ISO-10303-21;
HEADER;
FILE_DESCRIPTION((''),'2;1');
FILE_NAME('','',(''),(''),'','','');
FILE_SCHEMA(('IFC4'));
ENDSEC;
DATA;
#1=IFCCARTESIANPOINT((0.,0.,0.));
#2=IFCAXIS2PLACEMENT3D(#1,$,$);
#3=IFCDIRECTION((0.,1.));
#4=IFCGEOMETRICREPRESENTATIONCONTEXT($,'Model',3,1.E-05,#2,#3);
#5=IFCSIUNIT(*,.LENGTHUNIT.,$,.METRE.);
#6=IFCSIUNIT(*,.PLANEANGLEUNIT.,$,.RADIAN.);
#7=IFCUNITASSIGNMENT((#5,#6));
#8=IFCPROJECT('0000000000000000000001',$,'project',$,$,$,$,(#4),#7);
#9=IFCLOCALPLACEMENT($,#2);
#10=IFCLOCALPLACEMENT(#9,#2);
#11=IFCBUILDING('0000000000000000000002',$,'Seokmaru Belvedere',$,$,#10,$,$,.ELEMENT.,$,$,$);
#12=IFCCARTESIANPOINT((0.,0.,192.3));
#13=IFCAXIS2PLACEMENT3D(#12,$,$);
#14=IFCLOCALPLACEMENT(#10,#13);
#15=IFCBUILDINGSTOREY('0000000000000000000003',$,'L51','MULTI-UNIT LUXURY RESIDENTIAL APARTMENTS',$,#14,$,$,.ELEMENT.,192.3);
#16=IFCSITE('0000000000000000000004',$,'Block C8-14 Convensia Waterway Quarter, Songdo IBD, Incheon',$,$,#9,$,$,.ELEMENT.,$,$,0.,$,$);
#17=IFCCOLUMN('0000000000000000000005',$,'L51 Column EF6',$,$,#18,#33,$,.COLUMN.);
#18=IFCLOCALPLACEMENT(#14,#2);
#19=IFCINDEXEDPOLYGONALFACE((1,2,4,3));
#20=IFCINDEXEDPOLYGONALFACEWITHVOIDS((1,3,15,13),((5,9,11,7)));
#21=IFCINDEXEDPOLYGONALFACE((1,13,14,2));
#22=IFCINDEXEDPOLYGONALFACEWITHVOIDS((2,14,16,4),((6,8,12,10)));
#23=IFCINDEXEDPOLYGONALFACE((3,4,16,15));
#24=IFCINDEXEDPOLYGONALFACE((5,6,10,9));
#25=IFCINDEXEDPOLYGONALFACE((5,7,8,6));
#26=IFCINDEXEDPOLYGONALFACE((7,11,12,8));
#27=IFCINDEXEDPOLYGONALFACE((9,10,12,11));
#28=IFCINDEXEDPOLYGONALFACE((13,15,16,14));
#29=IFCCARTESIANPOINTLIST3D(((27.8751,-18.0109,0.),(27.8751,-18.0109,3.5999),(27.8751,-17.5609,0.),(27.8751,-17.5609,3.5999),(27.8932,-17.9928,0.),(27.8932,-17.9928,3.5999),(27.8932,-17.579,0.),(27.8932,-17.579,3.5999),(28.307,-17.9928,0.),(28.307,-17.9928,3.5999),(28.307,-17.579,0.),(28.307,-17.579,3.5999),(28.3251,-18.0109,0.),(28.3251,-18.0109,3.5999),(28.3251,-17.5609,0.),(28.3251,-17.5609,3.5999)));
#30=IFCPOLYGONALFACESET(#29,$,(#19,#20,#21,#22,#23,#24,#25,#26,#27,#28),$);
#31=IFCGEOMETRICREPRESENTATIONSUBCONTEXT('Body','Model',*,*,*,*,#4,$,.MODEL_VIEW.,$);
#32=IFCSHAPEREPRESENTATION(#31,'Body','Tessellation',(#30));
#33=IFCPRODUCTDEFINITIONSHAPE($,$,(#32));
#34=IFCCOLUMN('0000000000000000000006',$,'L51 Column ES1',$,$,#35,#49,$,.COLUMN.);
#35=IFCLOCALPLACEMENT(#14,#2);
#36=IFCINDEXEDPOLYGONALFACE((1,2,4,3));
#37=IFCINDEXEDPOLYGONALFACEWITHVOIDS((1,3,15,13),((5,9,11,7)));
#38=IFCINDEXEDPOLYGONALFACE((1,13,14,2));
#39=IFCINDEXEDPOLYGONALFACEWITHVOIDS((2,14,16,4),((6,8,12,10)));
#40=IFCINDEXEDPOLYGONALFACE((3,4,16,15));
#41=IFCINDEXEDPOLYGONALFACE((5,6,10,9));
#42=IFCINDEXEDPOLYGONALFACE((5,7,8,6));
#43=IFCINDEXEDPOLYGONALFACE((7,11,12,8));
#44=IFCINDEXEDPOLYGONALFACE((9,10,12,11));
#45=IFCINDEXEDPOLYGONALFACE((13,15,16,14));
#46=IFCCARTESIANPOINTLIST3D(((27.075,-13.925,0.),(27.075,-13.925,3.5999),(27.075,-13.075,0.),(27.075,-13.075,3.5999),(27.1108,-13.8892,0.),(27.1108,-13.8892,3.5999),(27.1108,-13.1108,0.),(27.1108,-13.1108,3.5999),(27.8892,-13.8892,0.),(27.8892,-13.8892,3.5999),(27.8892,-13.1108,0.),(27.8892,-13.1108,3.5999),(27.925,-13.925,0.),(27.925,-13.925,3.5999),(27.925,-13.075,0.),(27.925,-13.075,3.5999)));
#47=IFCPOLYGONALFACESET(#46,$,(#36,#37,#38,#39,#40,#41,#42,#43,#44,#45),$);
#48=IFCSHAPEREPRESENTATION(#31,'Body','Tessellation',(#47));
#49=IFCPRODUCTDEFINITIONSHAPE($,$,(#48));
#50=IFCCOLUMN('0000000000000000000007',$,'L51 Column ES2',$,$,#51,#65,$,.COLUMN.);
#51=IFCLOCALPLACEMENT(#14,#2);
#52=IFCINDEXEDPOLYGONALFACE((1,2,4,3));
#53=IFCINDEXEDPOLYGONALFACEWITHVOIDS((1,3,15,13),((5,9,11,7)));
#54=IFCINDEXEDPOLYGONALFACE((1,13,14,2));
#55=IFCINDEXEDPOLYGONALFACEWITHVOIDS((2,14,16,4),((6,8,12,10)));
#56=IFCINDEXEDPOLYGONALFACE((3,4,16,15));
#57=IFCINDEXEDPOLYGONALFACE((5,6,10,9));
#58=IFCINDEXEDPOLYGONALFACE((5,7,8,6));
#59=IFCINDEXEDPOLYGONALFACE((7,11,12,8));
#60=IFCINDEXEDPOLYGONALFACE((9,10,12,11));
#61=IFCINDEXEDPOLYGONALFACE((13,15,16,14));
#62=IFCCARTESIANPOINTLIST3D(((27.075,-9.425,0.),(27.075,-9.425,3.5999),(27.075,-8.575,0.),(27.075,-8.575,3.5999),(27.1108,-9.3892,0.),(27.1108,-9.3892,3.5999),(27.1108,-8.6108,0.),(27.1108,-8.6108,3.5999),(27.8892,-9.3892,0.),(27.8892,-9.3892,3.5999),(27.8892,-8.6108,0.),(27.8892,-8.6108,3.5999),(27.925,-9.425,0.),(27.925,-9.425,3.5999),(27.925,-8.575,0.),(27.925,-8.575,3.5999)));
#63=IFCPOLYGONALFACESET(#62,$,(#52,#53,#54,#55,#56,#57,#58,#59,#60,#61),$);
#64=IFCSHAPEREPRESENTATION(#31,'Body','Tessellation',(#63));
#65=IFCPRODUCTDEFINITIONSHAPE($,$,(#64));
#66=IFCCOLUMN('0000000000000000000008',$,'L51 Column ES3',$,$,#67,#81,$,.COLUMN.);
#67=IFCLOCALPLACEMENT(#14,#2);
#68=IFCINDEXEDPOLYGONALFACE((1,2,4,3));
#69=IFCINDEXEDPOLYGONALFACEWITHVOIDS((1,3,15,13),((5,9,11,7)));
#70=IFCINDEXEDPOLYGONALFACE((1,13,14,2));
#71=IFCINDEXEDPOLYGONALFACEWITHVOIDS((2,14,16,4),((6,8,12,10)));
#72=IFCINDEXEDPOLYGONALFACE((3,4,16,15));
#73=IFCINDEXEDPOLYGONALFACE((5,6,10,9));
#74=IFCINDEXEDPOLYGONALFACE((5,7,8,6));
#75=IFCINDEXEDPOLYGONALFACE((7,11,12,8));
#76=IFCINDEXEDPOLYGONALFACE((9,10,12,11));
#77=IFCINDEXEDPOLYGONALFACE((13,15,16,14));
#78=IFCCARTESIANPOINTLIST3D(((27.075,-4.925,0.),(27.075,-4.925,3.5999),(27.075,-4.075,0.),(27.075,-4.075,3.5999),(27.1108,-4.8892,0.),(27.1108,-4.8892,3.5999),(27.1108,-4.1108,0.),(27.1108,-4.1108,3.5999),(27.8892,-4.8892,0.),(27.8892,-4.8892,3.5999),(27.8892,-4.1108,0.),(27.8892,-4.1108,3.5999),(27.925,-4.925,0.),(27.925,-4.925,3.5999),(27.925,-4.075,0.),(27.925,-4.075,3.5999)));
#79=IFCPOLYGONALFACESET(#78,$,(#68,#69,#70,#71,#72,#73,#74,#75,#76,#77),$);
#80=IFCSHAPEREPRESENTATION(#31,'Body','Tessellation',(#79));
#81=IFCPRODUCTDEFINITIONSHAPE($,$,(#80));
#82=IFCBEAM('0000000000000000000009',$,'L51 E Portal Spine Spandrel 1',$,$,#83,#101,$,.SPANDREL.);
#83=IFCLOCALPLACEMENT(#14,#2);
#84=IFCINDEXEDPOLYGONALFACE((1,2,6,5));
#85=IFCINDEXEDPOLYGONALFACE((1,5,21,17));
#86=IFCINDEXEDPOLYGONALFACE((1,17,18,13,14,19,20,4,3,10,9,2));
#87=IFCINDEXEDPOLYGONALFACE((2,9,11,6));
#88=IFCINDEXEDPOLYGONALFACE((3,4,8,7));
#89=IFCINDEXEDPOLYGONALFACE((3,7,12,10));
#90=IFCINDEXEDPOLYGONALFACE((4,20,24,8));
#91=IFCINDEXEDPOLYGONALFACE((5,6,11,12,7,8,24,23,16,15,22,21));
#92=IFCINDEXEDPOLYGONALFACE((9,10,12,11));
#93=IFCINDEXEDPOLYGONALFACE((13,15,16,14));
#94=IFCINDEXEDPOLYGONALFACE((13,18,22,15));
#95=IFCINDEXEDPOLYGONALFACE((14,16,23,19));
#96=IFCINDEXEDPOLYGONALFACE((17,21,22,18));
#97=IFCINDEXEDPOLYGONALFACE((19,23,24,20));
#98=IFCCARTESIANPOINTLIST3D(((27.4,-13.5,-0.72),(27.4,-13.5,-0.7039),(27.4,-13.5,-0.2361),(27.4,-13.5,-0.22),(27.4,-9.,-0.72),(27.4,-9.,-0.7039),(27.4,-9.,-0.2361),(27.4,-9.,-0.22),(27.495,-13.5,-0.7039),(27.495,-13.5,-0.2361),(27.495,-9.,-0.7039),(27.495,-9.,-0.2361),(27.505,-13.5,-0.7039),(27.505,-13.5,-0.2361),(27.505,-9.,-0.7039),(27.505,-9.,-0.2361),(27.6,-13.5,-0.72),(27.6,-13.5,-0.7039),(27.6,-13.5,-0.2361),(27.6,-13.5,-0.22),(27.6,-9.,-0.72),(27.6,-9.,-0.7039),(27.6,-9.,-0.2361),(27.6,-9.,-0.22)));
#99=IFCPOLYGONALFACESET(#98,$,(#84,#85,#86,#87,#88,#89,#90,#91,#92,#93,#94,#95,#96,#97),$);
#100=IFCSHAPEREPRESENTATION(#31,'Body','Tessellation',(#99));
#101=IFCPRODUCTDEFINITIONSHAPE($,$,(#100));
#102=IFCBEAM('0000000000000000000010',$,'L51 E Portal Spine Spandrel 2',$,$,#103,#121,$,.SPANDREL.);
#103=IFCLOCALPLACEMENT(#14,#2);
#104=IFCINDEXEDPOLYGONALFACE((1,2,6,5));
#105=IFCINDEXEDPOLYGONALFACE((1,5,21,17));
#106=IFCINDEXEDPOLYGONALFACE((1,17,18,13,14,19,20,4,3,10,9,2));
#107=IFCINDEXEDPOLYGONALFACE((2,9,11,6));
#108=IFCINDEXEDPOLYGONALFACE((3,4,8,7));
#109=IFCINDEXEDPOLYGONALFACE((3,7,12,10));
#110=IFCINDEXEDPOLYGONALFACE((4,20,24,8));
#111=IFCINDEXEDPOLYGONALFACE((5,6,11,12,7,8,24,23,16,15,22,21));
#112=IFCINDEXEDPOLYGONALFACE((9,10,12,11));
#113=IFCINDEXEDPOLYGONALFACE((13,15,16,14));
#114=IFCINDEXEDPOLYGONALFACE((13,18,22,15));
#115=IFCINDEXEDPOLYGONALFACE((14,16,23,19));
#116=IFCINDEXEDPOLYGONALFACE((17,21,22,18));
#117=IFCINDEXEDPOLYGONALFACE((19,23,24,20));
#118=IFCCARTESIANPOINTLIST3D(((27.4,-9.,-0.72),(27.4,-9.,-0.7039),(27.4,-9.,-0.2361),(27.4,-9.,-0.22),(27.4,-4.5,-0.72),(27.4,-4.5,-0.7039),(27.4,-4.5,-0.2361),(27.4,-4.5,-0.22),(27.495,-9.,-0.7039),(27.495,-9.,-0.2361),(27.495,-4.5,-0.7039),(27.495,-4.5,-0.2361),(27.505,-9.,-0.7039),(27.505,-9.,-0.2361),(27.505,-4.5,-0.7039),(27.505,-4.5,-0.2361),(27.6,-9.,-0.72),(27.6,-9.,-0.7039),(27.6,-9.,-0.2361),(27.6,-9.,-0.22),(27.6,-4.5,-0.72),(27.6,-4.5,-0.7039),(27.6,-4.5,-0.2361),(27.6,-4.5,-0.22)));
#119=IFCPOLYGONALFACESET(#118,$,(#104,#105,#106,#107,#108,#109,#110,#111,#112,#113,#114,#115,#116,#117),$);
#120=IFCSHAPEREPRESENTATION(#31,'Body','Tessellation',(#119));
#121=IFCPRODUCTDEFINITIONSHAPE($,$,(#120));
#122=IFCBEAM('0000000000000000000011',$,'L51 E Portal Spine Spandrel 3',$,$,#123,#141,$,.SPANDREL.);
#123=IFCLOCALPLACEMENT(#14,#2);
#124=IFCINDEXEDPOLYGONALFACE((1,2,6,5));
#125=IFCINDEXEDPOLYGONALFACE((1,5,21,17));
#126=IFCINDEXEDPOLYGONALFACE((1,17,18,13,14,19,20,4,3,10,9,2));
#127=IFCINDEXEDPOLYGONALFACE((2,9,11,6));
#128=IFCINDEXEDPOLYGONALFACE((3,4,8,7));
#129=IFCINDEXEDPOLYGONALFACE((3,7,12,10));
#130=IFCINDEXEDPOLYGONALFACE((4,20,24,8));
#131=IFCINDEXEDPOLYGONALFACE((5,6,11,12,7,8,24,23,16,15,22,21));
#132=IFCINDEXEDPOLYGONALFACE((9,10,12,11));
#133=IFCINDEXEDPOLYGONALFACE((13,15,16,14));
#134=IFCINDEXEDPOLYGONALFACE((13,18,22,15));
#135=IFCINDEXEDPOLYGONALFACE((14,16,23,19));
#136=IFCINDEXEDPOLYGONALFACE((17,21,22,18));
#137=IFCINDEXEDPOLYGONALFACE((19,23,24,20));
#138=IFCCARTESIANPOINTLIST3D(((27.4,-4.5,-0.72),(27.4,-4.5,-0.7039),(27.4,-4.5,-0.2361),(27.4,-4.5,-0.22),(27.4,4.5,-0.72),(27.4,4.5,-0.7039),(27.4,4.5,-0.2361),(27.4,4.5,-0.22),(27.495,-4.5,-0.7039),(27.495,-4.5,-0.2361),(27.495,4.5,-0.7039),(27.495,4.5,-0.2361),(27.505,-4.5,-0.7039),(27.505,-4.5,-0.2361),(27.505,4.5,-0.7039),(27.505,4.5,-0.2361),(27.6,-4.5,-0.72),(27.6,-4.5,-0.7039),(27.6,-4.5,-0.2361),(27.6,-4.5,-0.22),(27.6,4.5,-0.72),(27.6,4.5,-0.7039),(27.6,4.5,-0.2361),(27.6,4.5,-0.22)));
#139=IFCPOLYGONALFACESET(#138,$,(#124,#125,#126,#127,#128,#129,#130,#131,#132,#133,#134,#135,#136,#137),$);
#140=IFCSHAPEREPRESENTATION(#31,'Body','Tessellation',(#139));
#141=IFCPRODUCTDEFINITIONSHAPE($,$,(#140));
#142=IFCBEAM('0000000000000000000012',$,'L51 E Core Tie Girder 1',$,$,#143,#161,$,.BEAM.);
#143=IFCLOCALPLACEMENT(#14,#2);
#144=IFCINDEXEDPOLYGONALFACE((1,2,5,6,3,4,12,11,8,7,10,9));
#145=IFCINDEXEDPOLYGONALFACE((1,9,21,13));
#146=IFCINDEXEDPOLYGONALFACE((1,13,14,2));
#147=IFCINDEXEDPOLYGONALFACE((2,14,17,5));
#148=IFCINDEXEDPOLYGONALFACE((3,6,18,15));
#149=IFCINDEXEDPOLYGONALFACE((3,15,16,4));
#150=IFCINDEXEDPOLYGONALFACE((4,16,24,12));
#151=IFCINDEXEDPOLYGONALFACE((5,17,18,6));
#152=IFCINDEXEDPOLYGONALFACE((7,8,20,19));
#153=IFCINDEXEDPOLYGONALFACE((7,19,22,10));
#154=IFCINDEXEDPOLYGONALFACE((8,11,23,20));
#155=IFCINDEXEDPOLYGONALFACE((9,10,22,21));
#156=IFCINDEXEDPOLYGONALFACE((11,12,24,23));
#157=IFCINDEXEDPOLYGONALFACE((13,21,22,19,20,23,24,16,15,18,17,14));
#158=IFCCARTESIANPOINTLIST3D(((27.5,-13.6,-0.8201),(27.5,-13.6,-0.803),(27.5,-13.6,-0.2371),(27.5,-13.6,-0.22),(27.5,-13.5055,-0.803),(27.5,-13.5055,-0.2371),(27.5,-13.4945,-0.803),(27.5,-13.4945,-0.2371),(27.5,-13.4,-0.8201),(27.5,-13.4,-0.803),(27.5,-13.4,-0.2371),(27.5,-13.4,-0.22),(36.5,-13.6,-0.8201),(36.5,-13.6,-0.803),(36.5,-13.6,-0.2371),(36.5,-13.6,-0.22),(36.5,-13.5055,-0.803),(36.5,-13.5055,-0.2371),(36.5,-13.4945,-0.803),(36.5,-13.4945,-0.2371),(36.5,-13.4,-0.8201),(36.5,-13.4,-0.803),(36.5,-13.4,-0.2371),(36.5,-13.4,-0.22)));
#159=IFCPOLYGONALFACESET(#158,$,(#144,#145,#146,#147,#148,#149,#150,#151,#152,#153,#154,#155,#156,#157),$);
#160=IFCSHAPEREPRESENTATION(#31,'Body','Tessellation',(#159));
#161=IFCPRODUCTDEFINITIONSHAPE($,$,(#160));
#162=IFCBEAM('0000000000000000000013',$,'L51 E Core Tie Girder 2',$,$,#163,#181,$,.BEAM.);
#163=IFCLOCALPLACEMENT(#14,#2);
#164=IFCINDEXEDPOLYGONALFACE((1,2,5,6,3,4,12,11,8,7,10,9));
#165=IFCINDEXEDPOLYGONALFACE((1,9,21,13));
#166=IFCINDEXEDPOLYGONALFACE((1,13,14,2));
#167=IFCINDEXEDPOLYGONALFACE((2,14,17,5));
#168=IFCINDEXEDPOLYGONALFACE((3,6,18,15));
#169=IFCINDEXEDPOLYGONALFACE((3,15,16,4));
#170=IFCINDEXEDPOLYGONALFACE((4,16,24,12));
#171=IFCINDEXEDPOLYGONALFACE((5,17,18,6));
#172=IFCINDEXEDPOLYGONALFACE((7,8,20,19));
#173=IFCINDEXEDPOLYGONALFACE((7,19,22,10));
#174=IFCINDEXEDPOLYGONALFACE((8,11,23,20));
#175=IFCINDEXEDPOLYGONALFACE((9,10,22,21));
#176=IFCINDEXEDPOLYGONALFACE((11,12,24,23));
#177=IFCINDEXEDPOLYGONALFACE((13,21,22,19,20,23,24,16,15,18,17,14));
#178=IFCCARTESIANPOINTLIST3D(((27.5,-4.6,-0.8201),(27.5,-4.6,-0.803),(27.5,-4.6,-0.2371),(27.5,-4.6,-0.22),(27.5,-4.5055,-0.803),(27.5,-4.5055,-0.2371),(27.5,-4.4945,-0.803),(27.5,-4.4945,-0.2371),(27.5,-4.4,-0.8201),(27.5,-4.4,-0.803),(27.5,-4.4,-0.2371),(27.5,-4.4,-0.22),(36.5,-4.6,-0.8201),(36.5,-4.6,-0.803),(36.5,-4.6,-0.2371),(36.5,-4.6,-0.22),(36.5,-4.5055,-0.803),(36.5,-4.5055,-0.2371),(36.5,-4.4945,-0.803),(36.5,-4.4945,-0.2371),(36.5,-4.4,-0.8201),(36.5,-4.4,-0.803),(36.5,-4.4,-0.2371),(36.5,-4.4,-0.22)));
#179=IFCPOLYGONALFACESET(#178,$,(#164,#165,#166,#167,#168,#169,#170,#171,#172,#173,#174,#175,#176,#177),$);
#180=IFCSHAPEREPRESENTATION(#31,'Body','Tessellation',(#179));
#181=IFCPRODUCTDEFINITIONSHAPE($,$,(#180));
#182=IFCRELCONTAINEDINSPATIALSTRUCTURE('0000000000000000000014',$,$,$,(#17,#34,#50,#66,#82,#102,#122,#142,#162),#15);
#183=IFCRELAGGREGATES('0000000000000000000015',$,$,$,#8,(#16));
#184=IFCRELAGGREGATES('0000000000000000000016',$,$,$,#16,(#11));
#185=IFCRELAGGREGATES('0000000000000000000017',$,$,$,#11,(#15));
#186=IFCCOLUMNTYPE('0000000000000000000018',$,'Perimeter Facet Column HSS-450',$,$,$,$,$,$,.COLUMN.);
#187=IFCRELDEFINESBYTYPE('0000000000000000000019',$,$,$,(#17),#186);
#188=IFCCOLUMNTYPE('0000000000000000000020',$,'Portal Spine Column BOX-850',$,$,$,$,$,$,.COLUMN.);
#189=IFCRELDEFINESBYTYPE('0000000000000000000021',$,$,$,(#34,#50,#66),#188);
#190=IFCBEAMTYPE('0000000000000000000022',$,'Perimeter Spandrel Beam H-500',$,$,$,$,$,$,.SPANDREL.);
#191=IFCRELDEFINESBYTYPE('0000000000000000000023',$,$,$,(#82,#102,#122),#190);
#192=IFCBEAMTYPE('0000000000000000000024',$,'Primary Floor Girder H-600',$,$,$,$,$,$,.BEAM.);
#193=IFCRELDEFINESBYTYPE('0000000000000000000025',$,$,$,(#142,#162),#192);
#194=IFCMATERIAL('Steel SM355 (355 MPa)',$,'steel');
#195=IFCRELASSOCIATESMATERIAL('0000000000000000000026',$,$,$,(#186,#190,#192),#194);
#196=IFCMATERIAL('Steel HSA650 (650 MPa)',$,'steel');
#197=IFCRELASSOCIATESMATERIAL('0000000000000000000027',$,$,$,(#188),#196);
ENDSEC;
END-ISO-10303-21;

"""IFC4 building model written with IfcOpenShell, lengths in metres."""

from ifc_helpers import new_model, si_unit, direction, frame, origin, origin_2d, place, context, subcontext, project, spatial, hollow_rectangle, i_section, extrude, source, transform, mapped, material, material_profile, profile_set, type_object, type_shapes, element, save


model = new_model("IFC4")

# Units and contexts
model_context = context("Model", 3, precision=1e-05, world=origin(), true_north=direction((0.0, 1.0)))
body_context = subcontext(model_context, "Body", "Model", "MODEL_VIEW")
ifc_project = project(units=[si_unit("LENGTHUNIT", "METRE"), si_unit("PLANEANGLEUNIT", "RADIAN")], contexts=[model_context])

# Site, building, storey
site_placement = place(None, origin())
site = spatial("IfcSite", under=ifc_project, at=site_placement, Name="Block C8-14 Convensia Waterway Quarter, Songdo IBD, Incheon", CompositionType="ELEMENT", RefElevation=0.0)
building_placement = place(site_placement, origin())
building = spatial("IfcBuilding", under=site, at=building_placement, Name="Seokmaru Belvedere", CompositionType="ELEMENT")
storey_placement = place(building_placement, frame((0.0, 0.0, 192.3)))
storey = spatial("IfcBuildingStorey", under=building, at=storey_placement, Name="L51", Description="MULTI-UNIT LUXURY RESIDENTIAL APARTMENTS", CompositionType="ELEMENT", Elevation=192.3)

# Columns
ifc_material_1 = material(Name="Steel SM355 (355 MPa)", Category="steel")
ifc_material_profile_1 = material_profile(ifc_material_1, hollow_rectangle(XDim=0.45, YDim=0.45, WallThickness=0.0181, at=origin_2d()), Name="HSS-450x450x18")
ifc_profile_set_1 = profile_set([ifc_material_profile_1], Name="Steel SM355 (355 MPa)")
column_type_1 = type_object("IfcColumnType", Name="Perimeter Facet Column HSS-450", PredefinedType="COLUMN", material=ifc_profile_set_1)
shared_shape_1 = source(origin(), body_context, "Body", "SweptSolid", [
    extrude(hollow_rectangle(XDim=0.45, YDim=0.45, WallThickness=0.0181, at=origin_2d()), origin(), (0.0, 0.0, 1.0), 3.5999),
])
type_shapes(column_type_1, [shared_shape_1])
column_placement = place(storey_placement, frame((28.1001, -17.7859, 0.0), z_axis=(0.0, 0.0, 1.0), x_axis=(1.0, 0.0, 0.0)))
element("IfcColumn", 1, at=column_placement, inside=storey, type_object=column_type_1, Name="L51 Column EF6", PredefinedType="COLUMN", context=body_context, shape_type="MappedRepresentation", body=[
    mapped(shared_shape_1, transform((0.0, 0.0, 0.0), scale=1.0)),
])
ifc_material_2 = material(Name="Steel HSA650 (650 MPa)", Category="steel")
ifc_material_profile_2 = material_profile(ifc_material_2, hollow_rectangle(XDim=0.8501, YDim=0.8501, WallThickness=0.0359, at=origin_2d()), Name="BOX-850x850x36")
ifc_profile_set_2 = profile_set([ifc_material_profile_2], Name="Steel HSA650 (650 MPa)")
column_type_2 = type_object("IfcColumnType", Name="Portal Spine Column BOX-850", PredefinedType="COLUMN", material=ifc_profile_set_2)
shared_shape_2 = source(origin(), body_context, "Body", "SweptSolid", [
    extrude(hollow_rectangle(XDim=0.8501, YDim=0.8501, WallThickness=0.0359, at=origin_2d()), origin(), (0.0, 0.0, 1.0), 3.5999),
])
type_shapes(column_type_2, [shared_shape_2])
for number, where, z_axis, x_axis, name in (
    (2, (27.5, -13.5, 0.0), (0.0, 0.0, 1.0), (1.0, 0.0, 0.0), "L51 Column ES1"),
    (3, (27.5, -9.0, 0.0), (0.0, 0.0, 1.0), (1.0, 0.0, 0.0), "L51 Column ES2"),
    (4, (27.5, -4.5, 0.0), (0.0, 0.0, 1.0), (1.0, 0.0, 0.0), "L51 Column ES3"),
):
    element("IfcColumn", number, at=place(storey_placement, frame(where, z_axis=z_axis, x_axis=x_axis)), inside=storey, type_object=column_type_2, Name=name, PredefinedType="COLUMN", context=body_context, shape_type="MappedRepresentation", body=[
        mapped(shared_shape_2, transform((0.0, 0.0, 0.0), scale=1.0)),
    ])

# Beams
ifc_material_profile_3 = material_profile(ifc_material_1, i_section(OverallWidth=0.2, OverallDepth=0.5, WebThickness=0.01, FlangeThickness=0.0161, at=origin_2d()), Name="H-500x200x10x16")
ifc_profile_set_3 = profile_set([ifc_material_profile_3], Name="Steel SM355 (355 MPa)")
beam_type_1 = type_object("IfcBeamType", Name="Perimeter Spandrel Beam H-500", PredefinedType="SPANDREL", material=ifc_profile_set_3)
shared_shape_3 = source(origin(), body_context, "Body", "SweptSolid", [
    extrude(i_section(OverallWidth=0.2, OverallDepth=0.5, WebThickness=0.01, FlangeThickness=0.0161, at=origin_2d()), origin(), (0.0, 0.0, 1.0), 4.5),
])
for number, where, z_axis, x_axis, name in (
    (5, (27.5, -13.5, -0.47), (0.0, 1.0, 0.0), (-1.0, 0.0, 0.0), "L51 E Portal Spine Spandrel 1"),
    (6, (27.5, -9.0, -0.47), (0.0, 1.0, 0.0), (-1.0, 0.0, 0.0), "L51 E Portal Spine Spandrel 2"),
):
    element("IfcBeam", number, at=place(storey_placement, frame(where, z_axis=z_axis, x_axis=x_axis)), inside=storey, type_object=beam_type_1, Name=name, PredefinedType="SPANDREL", context=body_context, shape_type="MappedRepresentation", body=[
        mapped(shared_shape_3, transform((0.0, 0.0, 0.0), scale=1.0)),
    ])
shared_shape_4 = source(origin(), body_context, "Body", "SweptSolid", [
    extrude(i_section(OverallWidth=0.2, OverallDepth=0.5, WebThickness=0.01, FlangeThickness=0.0161, at=origin_2d()), origin(), (0.0, 0.0, 1.0), 9.0),
])
beam_1_placement = place(storey_placement, frame((27.5, -4.5, -0.47), z_axis=(0.0, 1.0, 0.0), x_axis=(-1.0, 0.0, 0.0)))
element("IfcBeam", 7, at=beam_1_placement, inside=storey, type_object=beam_type_1, Name="L51 E Portal Spine Spandrel 3", PredefinedType="SPANDREL", context=body_context, shape_type="MappedRepresentation", body=[
    mapped(shared_shape_4, transform((0.0, 0.0, 0.0), scale=1.0)),
])
ifc_material_profile_4 = material_profile(ifc_material_1, i_section(OverallWidth=0.2, OverallDepth=0.6001, WebThickness=0.011, FlangeThickness=0.0171, at=origin_2d()), Name="H-600x200x11x17")
ifc_profile_set_4 = profile_set([ifc_material_profile_4], Name="Steel SM355 (355 MPa)")
beam_type_2 = type_object("IfcBeamType", Name="Primary Floor Girder H-600", PredefinedType="BEAM", material=ifc_profile_set_4)
shared_shape_5 = source(origin(), body_context, "Body", "SweptSolid", [
    extrude(i_section(OverallWidth=0.2, OverallDepth=0.6001, WebThickness=0.011, FlangeThickness=0.0171, at=origin_2d()), origin(), (0.0, 0.0, 1.0), 9.0),
])
type_shapes(beam_type_2, [shared_shape_5])
for number, where, z_axis, x_axis, name in (
    (8, (27.5, -13.5, -0.52), (1.0, 0.0, 0.0), (0.0, 1.0, 0.0), "L51 E Core Tie Girder 1"),
    (9, (27.5, -4.5, -0.52), (1.0, 0.0, 0.0), (0.0, 1.0, 0.0), "L51 E Core Tie Girder 2"),
):
    element("IfcBeam", number, at=place(storey_placement, frame(where, z_axis=z_axis, x_axis=x_axis)), inside=storey, type_object=beam_type_2, Name=name, PredefinedType="BEAM", context=body_context, shape_type="MappedRepresentation", body=[
        mapped(shared_shape_5, transform((0.0, 0.0, 0.0), scale=1.0)),
    ])

save(model, "model.ifc")
